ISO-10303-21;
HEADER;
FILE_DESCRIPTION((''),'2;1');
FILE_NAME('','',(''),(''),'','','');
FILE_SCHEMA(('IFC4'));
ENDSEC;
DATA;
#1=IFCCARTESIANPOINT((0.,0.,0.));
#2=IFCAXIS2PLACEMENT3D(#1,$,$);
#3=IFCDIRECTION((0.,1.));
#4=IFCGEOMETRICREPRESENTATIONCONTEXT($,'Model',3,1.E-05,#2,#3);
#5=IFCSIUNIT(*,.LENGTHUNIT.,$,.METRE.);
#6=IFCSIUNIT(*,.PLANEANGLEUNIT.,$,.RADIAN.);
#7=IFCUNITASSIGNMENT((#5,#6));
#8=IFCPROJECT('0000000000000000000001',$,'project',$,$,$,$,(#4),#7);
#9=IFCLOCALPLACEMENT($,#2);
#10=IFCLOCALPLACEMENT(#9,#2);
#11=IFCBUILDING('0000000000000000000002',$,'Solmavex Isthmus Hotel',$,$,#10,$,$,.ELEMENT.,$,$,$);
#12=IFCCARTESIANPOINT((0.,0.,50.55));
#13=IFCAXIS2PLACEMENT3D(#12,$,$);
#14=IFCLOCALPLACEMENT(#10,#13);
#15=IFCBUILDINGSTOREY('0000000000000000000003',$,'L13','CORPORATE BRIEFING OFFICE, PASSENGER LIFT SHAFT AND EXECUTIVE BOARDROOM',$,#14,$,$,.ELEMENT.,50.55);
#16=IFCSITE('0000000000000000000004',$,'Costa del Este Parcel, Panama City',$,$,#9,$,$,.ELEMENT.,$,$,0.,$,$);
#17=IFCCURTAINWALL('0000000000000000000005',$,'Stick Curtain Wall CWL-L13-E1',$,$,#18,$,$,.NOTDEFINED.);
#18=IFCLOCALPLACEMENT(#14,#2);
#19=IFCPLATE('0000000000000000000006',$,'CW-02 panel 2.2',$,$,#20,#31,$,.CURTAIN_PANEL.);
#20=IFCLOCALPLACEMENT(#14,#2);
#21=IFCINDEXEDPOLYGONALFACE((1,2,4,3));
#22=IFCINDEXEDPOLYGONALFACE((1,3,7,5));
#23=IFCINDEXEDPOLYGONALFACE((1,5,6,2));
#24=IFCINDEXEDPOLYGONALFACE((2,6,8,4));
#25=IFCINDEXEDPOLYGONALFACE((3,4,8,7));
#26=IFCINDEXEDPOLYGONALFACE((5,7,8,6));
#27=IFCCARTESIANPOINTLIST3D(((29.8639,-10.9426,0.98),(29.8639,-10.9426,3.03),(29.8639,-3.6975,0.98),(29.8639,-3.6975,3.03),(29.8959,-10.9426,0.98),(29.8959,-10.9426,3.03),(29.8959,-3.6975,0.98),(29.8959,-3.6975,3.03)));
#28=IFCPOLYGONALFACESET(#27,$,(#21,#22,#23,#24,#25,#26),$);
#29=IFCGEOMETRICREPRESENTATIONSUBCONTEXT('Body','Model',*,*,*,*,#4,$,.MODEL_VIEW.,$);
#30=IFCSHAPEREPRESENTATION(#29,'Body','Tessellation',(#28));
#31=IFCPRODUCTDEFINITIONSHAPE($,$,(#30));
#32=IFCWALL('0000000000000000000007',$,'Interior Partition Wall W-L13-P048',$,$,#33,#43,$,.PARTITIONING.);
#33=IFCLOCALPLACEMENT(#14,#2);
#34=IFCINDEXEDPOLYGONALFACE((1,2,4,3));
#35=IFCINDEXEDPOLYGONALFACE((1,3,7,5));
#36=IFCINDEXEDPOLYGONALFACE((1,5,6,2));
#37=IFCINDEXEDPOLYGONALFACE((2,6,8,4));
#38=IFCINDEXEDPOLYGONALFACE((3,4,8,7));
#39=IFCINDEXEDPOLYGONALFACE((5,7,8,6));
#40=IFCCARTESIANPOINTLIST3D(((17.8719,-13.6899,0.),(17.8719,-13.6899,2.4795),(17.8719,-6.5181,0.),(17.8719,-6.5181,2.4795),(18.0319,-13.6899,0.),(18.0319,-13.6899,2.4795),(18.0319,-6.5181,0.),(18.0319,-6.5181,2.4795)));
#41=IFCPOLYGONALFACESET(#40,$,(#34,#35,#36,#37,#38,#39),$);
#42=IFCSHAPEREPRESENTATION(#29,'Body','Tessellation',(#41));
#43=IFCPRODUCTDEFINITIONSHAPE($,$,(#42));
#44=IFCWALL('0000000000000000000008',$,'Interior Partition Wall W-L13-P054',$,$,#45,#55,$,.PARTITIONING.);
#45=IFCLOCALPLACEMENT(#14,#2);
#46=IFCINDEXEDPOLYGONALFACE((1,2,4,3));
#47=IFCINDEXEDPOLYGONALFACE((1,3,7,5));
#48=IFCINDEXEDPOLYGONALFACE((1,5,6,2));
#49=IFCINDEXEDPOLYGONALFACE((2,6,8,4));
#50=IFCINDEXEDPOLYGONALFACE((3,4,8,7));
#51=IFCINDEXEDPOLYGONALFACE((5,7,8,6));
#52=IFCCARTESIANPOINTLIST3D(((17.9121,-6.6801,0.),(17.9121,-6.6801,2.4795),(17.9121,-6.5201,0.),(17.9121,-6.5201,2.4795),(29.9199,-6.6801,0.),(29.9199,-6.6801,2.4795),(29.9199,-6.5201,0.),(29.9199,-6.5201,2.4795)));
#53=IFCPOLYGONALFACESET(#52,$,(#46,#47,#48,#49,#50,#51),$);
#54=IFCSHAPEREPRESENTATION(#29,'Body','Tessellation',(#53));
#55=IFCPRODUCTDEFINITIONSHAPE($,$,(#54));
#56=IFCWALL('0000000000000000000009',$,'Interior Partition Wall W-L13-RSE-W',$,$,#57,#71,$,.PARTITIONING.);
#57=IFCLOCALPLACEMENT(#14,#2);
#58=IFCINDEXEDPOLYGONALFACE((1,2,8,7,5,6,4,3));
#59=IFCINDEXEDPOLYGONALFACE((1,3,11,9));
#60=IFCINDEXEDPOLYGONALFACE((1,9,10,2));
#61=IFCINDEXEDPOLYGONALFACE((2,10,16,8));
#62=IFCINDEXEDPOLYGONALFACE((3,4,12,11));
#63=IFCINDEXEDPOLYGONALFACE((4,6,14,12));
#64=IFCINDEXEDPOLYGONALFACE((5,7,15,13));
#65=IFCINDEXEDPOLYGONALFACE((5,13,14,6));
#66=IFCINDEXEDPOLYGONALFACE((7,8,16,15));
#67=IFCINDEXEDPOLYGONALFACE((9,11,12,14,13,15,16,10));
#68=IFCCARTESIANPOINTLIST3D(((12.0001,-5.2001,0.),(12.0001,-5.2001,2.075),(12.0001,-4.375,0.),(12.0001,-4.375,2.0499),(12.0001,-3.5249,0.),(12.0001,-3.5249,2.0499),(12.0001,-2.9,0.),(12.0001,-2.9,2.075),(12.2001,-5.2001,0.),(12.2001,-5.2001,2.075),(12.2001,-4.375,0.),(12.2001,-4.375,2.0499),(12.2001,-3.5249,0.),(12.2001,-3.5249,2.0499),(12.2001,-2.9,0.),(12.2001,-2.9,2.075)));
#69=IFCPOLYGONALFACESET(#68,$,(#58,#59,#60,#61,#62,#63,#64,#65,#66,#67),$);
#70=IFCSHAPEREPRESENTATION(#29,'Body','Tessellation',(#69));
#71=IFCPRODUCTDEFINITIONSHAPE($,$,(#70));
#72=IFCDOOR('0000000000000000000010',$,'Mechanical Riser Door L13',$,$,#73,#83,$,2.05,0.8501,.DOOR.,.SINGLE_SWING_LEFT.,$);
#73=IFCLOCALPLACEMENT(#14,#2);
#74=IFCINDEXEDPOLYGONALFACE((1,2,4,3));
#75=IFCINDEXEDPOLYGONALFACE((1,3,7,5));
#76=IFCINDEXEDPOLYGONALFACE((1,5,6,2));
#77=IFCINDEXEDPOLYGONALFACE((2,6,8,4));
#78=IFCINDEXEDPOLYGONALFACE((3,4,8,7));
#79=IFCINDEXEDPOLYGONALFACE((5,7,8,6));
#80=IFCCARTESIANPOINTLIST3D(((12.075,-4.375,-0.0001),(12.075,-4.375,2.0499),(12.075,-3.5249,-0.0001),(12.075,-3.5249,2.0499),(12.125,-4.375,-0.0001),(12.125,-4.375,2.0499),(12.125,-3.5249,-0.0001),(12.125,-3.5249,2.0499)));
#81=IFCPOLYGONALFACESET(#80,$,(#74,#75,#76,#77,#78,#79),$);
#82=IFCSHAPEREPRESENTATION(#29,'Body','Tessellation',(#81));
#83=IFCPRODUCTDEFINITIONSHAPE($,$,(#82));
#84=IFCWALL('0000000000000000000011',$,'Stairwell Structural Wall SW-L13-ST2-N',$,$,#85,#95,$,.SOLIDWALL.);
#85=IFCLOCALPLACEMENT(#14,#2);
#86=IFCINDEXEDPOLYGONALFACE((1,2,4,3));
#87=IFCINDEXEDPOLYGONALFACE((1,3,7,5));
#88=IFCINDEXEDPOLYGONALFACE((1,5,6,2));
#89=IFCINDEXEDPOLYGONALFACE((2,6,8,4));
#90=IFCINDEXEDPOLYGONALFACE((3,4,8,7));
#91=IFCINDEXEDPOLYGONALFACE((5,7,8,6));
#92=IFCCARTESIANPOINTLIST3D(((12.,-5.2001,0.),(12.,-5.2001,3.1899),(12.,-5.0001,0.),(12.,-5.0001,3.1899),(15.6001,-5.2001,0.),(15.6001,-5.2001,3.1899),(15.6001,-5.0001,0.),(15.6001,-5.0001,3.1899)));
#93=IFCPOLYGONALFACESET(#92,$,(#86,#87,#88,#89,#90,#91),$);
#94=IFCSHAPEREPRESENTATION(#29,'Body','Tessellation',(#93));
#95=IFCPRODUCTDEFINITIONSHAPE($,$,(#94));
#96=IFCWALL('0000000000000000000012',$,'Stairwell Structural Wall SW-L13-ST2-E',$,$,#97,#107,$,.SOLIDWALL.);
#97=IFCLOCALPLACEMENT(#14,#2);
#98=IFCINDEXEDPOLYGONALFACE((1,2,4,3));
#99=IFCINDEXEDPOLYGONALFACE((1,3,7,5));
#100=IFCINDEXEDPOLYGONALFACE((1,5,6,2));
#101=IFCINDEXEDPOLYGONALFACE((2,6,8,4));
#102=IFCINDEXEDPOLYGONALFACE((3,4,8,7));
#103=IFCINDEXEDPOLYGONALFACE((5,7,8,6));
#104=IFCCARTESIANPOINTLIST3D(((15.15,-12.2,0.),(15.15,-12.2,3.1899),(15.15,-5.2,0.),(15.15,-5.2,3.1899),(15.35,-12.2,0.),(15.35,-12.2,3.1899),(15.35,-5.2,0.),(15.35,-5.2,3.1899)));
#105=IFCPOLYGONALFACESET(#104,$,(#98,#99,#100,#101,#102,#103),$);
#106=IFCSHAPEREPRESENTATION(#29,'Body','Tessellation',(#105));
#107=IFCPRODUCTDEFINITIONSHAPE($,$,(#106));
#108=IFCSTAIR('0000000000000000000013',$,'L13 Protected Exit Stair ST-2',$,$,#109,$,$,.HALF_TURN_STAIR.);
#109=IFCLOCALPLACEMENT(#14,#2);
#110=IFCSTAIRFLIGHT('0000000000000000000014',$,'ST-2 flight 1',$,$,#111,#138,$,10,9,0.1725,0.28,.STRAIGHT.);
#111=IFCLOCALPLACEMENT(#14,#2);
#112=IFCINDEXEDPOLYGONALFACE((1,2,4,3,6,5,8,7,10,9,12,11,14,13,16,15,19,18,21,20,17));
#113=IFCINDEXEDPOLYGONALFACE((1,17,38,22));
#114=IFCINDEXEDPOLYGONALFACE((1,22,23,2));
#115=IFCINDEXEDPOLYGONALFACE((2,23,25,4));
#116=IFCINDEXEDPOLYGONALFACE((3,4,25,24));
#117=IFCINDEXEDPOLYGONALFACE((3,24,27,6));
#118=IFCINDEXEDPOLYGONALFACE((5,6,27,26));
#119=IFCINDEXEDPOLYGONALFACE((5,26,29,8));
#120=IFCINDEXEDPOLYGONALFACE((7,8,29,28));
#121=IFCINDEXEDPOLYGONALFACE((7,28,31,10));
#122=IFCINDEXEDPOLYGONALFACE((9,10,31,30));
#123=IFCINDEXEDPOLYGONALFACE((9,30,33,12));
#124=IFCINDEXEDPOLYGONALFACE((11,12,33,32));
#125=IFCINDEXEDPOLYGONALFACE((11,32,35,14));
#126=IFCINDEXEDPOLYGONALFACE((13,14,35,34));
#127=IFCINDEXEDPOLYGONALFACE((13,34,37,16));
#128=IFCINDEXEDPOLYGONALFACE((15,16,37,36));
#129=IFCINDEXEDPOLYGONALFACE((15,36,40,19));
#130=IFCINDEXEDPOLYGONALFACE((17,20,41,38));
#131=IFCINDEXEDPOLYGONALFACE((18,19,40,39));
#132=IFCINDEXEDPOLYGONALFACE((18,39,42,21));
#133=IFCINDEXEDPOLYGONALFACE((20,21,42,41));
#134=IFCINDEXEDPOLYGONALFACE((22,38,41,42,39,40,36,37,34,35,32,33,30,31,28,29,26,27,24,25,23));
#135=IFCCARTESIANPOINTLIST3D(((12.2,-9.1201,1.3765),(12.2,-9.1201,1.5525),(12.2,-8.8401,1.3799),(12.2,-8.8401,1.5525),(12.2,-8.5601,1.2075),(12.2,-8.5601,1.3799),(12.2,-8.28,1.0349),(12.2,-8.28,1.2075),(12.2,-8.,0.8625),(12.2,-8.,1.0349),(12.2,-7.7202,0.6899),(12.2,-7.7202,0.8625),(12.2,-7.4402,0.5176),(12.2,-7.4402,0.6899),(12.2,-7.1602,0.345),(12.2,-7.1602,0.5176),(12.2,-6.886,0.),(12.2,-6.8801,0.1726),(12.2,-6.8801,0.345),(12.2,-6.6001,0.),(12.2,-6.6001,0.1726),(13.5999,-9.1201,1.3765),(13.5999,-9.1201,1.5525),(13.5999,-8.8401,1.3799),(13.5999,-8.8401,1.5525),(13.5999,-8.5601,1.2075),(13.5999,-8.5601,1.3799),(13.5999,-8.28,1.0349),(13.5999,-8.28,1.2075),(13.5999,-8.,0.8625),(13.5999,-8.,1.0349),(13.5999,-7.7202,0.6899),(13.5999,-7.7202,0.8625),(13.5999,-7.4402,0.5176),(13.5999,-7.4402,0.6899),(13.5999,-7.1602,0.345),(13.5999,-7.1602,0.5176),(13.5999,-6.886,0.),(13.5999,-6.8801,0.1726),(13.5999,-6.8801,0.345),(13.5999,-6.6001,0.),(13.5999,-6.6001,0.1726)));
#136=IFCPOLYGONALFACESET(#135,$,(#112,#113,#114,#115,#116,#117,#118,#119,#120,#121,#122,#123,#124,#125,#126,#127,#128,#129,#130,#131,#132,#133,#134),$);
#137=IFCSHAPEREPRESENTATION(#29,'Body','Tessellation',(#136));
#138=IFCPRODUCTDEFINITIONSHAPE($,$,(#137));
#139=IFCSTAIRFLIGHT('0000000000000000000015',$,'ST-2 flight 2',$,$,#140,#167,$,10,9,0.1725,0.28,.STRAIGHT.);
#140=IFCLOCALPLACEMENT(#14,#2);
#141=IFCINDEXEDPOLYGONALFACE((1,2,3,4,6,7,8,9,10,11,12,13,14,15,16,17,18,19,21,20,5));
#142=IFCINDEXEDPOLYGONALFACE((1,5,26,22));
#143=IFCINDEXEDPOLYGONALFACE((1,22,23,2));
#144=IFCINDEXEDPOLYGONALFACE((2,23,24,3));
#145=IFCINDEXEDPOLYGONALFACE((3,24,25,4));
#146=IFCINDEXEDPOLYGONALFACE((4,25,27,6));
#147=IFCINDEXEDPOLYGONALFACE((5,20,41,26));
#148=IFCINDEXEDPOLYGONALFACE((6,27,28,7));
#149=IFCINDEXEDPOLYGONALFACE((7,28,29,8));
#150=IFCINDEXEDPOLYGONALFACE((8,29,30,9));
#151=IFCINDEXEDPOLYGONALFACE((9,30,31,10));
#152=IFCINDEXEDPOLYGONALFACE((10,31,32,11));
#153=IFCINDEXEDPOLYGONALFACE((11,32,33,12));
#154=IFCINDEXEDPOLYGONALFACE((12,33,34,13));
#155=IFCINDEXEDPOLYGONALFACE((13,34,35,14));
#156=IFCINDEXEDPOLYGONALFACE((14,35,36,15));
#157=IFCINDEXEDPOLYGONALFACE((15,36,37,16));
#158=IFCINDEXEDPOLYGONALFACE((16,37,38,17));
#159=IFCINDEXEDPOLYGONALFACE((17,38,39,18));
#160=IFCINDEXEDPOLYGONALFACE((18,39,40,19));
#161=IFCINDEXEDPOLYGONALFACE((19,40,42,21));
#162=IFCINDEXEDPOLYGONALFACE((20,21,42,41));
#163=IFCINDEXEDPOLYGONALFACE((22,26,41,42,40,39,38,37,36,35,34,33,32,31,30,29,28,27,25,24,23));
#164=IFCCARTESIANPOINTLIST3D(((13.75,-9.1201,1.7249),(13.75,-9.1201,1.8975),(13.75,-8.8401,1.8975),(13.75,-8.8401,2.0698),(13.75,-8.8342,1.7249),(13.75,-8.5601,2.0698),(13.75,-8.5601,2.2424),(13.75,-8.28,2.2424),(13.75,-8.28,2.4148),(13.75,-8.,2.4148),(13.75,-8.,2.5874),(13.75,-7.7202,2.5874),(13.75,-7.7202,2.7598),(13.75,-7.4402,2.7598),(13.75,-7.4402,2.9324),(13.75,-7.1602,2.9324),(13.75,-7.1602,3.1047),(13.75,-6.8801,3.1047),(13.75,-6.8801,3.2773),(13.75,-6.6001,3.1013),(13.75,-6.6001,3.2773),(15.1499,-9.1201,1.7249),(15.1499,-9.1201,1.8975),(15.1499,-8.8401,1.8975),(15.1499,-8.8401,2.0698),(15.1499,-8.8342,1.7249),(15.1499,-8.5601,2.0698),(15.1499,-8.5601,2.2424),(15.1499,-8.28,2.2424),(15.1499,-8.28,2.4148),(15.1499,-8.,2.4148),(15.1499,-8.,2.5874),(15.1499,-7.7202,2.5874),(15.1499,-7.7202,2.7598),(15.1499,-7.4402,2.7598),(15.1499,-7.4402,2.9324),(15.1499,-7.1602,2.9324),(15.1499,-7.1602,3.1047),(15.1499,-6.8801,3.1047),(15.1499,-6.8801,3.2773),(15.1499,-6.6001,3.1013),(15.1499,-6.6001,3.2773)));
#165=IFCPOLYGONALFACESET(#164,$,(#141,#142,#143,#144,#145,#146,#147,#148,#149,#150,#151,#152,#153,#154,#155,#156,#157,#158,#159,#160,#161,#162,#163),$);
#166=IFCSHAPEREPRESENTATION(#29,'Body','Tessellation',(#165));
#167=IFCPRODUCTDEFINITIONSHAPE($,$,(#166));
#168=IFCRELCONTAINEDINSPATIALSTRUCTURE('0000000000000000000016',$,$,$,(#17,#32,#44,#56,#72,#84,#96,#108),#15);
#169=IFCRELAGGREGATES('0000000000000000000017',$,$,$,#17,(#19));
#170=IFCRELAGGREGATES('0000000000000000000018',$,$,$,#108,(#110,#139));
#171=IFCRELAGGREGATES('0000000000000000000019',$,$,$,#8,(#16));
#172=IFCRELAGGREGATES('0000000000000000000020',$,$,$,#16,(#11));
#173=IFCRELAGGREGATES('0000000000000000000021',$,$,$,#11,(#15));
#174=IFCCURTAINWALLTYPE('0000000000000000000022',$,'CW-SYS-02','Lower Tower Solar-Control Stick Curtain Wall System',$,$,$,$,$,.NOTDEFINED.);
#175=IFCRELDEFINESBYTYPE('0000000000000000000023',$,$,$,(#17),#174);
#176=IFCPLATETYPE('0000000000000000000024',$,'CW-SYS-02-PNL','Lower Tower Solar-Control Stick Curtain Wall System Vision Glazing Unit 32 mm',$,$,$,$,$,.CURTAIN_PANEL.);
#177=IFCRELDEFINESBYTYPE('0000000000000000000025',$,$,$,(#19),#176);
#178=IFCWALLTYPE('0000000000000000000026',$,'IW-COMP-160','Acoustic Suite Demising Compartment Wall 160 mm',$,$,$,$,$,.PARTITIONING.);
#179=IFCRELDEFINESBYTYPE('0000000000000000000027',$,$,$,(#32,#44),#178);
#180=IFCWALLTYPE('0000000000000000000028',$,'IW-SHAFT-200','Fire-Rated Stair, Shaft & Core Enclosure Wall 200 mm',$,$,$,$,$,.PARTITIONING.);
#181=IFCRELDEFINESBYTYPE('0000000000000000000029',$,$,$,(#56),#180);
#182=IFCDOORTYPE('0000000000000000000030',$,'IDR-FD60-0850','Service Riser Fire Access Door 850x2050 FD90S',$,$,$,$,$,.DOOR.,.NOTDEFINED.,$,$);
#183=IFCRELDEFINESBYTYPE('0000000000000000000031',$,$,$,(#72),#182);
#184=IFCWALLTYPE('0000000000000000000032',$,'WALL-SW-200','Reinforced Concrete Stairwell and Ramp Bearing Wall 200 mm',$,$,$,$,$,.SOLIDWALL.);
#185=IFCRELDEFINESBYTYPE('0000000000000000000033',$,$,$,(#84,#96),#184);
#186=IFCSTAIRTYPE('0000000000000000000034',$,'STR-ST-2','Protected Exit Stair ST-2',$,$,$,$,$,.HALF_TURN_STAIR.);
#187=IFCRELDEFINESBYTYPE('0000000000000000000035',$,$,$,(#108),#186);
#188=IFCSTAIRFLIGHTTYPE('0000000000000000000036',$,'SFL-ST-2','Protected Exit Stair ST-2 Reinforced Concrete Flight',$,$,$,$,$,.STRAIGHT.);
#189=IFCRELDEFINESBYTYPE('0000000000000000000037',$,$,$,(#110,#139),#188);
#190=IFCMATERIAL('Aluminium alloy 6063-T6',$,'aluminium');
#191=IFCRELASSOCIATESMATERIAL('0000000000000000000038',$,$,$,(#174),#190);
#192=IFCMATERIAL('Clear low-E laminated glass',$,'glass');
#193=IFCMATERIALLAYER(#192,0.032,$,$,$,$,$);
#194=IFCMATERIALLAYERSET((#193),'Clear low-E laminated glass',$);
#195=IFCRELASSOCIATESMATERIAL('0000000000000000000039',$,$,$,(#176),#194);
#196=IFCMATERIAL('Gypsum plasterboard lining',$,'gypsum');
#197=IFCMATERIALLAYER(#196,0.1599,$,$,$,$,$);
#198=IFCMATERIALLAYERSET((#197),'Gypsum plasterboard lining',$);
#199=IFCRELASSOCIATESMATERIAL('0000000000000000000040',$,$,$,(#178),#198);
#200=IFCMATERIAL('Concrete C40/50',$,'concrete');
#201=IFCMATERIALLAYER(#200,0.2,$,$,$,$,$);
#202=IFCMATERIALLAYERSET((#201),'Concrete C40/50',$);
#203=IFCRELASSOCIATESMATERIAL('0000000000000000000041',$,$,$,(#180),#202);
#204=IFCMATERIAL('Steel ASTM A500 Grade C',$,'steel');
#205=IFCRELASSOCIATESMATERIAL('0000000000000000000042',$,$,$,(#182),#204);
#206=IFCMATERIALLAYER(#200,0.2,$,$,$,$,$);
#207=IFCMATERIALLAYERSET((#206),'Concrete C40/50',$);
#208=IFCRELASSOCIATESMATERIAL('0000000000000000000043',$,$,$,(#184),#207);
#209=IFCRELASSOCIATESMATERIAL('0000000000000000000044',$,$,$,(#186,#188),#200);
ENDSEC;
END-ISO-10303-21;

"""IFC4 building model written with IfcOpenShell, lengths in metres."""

from ifc_helpers import new_model, si_unit, direction, frame, frame_2d, origin, origin_2d, place, context, subcontext, project, spatial, polyline, rectangle, outline, extrude, material, layer, layer_set, type_object, element, fill, aggregate, save


model = new_model("IFC4")

# Units and contexts
model_context = context("Model", 3, precision=1e-05, world=origin(), true_north=direction((0.0, 1.0)))
body_context = subcontext(model_context, "Body", "Model", "MODEL_VIEW")
ifc_project = project(units=[si_unit("LENGTHUNIT", "METRE"), si_unit("PLANEANGLEUNIT", "RADIAN")], contexts=[model_context])

# Site, building, storey
site_placement = place(None, origin())
site = spatial("IfcSite", under=ifc_project, at=site_placement, Name="Costa del Este Parcel, Panama City", CompositionType="ELEMENT", RefElevation=0.0)
building_placement = place(site_placement, origin())
building = spatial("IfcBuilding", under=site, at=building_placement, Name="Solmavex Isthmus Hotel", CompositionType="ELEMENT")
storey_placement = place(building_placement, frame((0.0, 0.0, 50.55)))
storey = spatial("IfcBuildingStorey", under=building, at=storey_placement, Name="L13", Description="CORPORATE BRIEFING OFFICE, PASSENGER LIFT SHAFT AND EXECUTIVE BOARDROOM", CompositionType="ELEMENT", Elevation=50.55)

# Curtain wall, plate
ifc_material_1 = material(Name="Aluminium alloy 6063-T6", Category="aluminium")
curtain_wall_type = type_object("IfcCurtainWallType", Name="CW-SYS-02", Description="Lower Tower Solar-Control Stick Curtain Wall System", PredefinedType="NOTDEFINED", material=ifc_material_1)
curtain_wall_placement = place(storey_placement, origin())
curtain_wall = element("IfcCurtainWall", 1, at=curtain_wall_placement, inside=storey, type_object=curtain_wall_type, Name="Stick Curtain Wall CWL-L13-E1", PredefinedType="NOTDEFINED")
ifc_material_2 = material(Name="Clear low-E laminated glass", Category="glass")
ifc_layer_1 = layer(ifc_material_2, 0.032)
ifc_layer_set_1 = layer_set([ifc_layer_1], Name="Clear low-E laminated glass")
plate_type = type_object("IfcPlateType", Name="CW-SYS-02-PNL", Description="Lower Tower Solar-Control Stick Curtain Wall System Vision Glazing Unit 32 mm", PredefinedType="CURTAIN_PANEL", material=ifc_layer_set_1)
plate_1_placement = place(storey_placement, frame((29.8799, -7.3201, 0.98), z_axis=(0.0, 0.0, 1.0), x_axis=(0.0, 1.0, 0.0)))
plate_1 = element("IfcPlate", 2, at=plate_1_placement, type_object=plate_type, Name="CW-02 panel 2.2", PredefinedType="CURTAIN_PANEL", context=body_context, shape_type="SweptSolid", body=[
    extrude(rectangle(XDim=7.2451, YDim=0.032, at=origin_2d()), origin(), (0.0, 0.0, 1.0), 2.05),
])
aggregate(curtain_wall, [plate_1])

# Walls
ifc_material_3 = material(Name="Gypsum plasterboard lining", Category="gypsum")
ifc_layer_2 = layer(ifc_material_3, 0.1599)
ifc_layer_set_2 = layer_set([ifc_layer_2], Name="Gypsum plasterboard lining")
wall_type_1 = type_object("IfcWallType", Name="IW-COMP-160", Description="Acoustic Suite Demising Compartment Wall 160 mm", PredefinedType="PARTITIONING", material=ifc_layer_set_2)
wall_1_placement = place(storey_placement, frame((17.9519, -6.5181, 0.0), z_axis=(0.0, 0.0, 1.0), x_axis=(0.0, -1.0, 0.0)))
element("IfcWall", 3, at=wall_1_placement, inside=storey, type_object=wall_type_1, Name="Interior Partition Wall W-L13-P048", PredefinedType="PARTITIONING", context=body_context, shape_type="SweptSolid", body=[
    extrude(rectangle(XDim=7.1719, YDim=0.1599, at=frame_2d((3.5859, 0.0))), origin(), (0.0, 0.0, 1.0), 2.4795),
])
wall_2_placement = place(storey_placement, frame((17.9121, -6.6001, 0.0), z_axis=(0.0, 0.0, 1.0), x_axis=(1.0, 0.0, 0.0)))
element("IfcWall", 4, at=wall_2_placement, inside=storey, type_object=wall_type_1, Name="Interior Partition Wall W-L13-P054", PredefinedType="PARTITIONING", context=body_context, shape_type="SweptSolid", body=[
    extrude(rectangle(XDim=12.0078, YDim=0.1599, at=frame_2d((6.0039, 0.0))), origin(), (0.0, 0.0, 1.0), 2.4795),
])

# Wall, opening, door
ifc_material_4 = material(Name="Concrete C40/50", Category="concrete")
ifc_layer_3 = layer(ifc_material_4, 0.2)
ifc_layer_set_3 = layer_set([ifc_layer_3], Name="Concrete C40/50")
wall_type_2 = type_object("IfcWallType", Name="IW-SHAFT-200", Description="Fire-Rated Stair, Shaft & Core Enclosure Wall 200 mm", PredefinedType="PARTITIONING", material=ifc_layer_set_3)
wall_3_placement = place(storey_placement, frame((12.1001, -5.2, 0.0), z_axis=(0.0, 0.0, 1.0), x_axis=(0.0, 1.0, 0.0)))
wall_3 = element("IfcWall", 5, at=wall_3_placement, inside=storey, type_object=wall_type_2, Name="Interior Partition Wall W-L13-RSE-W", PredefinedType="PARTITIONING", context=body_context, shape_type="SweptSolid", body=[
    extrude(rectangle(XDim=2.3, YDim=0.2, at=frame_2d((1.1499, 0.0))), origin(), (0.0, 0.0, 1.0), 2.075),
])
opening_placement = place(wall_3_placement, frame((0.825, 0.0, 0.0)))
opening = element("IfcOpeningElement", 6, at=opening_placement, cuts=wall_3, PredefinedType="OPENING", context=body_context, shape_type="SweptSolid", body=[
    extrude(rectangle(XDim=0.8501, YDim=2.05, at=frame_2d((0.425, 1.0249))), frame((0.0, 0.1099, 0.0), z_axis=(0.0, -1.0, 0.0), x_axis=(1.0, 0.0, 0.0)), (0.0, 0.0, 1.0), 0.22),
])
ifc_material_5 = material(Name="Steel ASTM A500 Grade C", Category="steel")
door_type = type_object("IfcDoorType", Name="IDR-FD60-0850", Description="Service Riser Fire Access Door 850x2050 FD90S", OperationType="NOTDEFINED", PredefinedType="DOOR", material=ifc_material_5)
door_placement = place(opening_placement, frame((0.8501, 0.0, 0.0), z_axis=(0.0, 0.0, 1.0), x_axis=(-1.0, 0.0, 0.0)))
door = element("IfcDoor", 7, at=door_placement, inside=storey, type_object=door_type, Name="Mechanical Riser Door L13", OperationType="SINGLE_SWING_LEFT", OverallHeight=2.05, OverallWidth=0.8501, PredefinedType="DOOR", context=body_context, shape_type="SweptSolid", body=[
    extrude(rectangle(XDim=0.8501, YDim=2.05, at=frame_2d((0.425, 1.0249))), frame((0.0, 0.0249, 0.0), z_axis=(0.0, -1.0, 0.0), x_axis=(1.0, 0.0, 0.0)), (0.0, 0.0, 1.0), 0.05),
])
fill(opening, door)

# Walls
ifc_layer_4 = layer(ifc_material_4, 0.2)
ifc_layer_set_4 = layer_set([ifc_layer_4], Name="Concrete C40/50")
wall_type_3 = type_object("IfcWallType", Name="WALL-SW-200", Description="Reinforced Concrete Stairwell and Ramp Bearing Wall 200 mm", PredefinedType="SOLIDWALL", material=ifc_layer_set_4)
wall_4_placement = place(storey_placement, frame((12.0, -5.1001, 0.0), z_axis=(0.0, 0.0, 1.0), x_axis=(1.0, 0.0, 0.0)))
element("IfcWall", 8, at=wall_4_placement, inside=storey, type_object=wall_type_3, Name="Stairwell Structural Wall SW-L13-ST2-N", PredefinedType="SOLIDWALL", context=body_context, shape_type="SweptSolid", body=[
    extrude(rectangle(XDim=3.6001, YDim=0.2, at=frame_2d((1.8, 0.0))), origin(), (0.0, 0.0, 1.0), 3.1899),
])
wall_5_placement = place(storey_placement, frame((15.25, -12.2, 0.0), z_axis=(0.0, 0.0, 1.0), x_axis=(0.0, 1.0, 0.0)))
element("IfcWall", 9, at=wall_5_placement, inside=storey, type_object=wall_type_3, Name="Stairwell Structural Wall SW-L13-ST2-E", PredefinedType="SOLIDWALL", context=body_context, shape_type="SweptSolid", body=[
    extrude(rectangle(XDim=7.0, YDim=0.2, at=frame_2d((3.5, 0.0))), origin(), (0.0, 0.0, 1.0), 3.1899),
])

# Stair, stair flights
stair_type = type_object("IfcStairType", Name="STR-ST-2", Description="Protected Exit Stair ST-2", PredefinedType="HALF_TURN_STAIR", material=ifc_material_4)
stair_placement = place(storey_placement, origin())
stair = element("IfcStair", 10, at=stair_placement, inside=storey, type_object=stair_type, Name="L13 Protected Exit Stair ST-2", PredefinedType="HALF_TURN_STAIR")
stair_flight_type = type_object("IfcStairFlightType", Name="SFL-ST-2", Description="Protected Exit Stair ST-2 Reinforced Concrete Flight", PredefinedType="STRAIGHT", material=ifc_material_4)
stair_flight_1_placement = place(storey_placement, frame((12.8999, -6.6001, 0.0), z_axis=(0.0, 0.0, 1.0), x_axis=(0.0, -1.0, 0.0)))
stair_flight_1 = element("IfcStairFlight", 11, at=stair_flight_1_placement, type_object=stair_flight_type, Name="ST-2 flight 1", NumberOfRisers=10, NumberOfTreads=9, PredefinedType="STRAIGHT", RiserHeight=0.1725, TreadLength=0.28, context=body_context, shape_type="SweptSolid", body=[
    extrude(outline(polyline([(0.0, 0.0), (0.0, 0.1726), (0.28, 0.1726), (0.28, 0.345), (0.5601, 0.345), (0.5601, 0.5176), (0.8401, 0.5176), (0.8401, 0.6899), (1.1201, 0.6899), (1.1201, 0.8625), (1.3999, 0.8625), (1.3999, 1.0349), (1.6799, 1.0349), (1.6799, 1.2075), (1.96, 1.2075), (1.96, 1.3799), (2.24, 1.3799), (2.24, 1.5525), (2.52, 1.5525), (2.52, 1.7251), (2.52, 1.3765), (0.2859, 0.0), (0.0, 0.0)])), frame((0.0, 0.7, 0.0), z_axis=(0.0, -1.0, 0.0), x_axis=(1.0, 0.0, 0.0)), (0.0, 0.0, 1.0), 1.3999),
])
stair_flight_2_placement = place(storey_placement, frame((14.45, -9.1201, 1.7249), z_axis=(0.0, 0.0, 1.0), x_axis=(0.0, 1.0, 0.0)))
stair_flight_2 = element("IfcStairFlight", 12, at=stair_flight_2_placement, type_object=stair_flight_type, Name="ST-2 flight 2", NumberOfRisers=10, NumberOfTreads=9, PredefinedType="STRAIGHT", RiserHeight=0.1725, TreadLength=0.28, context=body_context, shape_type="SweptSolid", body=[
    extrude(outline(polyline([(0.0, 0.0), (0.0, 0.1726), (0.28, 0.1726), (0.28, 0.345), (0.5601, 0.345), (0.5601, 0.5176), (0.8401, 0.5176), (0.8401, 0.6899), (1.1201, 0.6899), (1.1201, 0.8625), (1.3999, 0.8625), (1.3999, 1.0349), (1.6799, 1.0349), (1.6799, 1.2075), (1.96, 1.2075), (1.96, 1.3799), (2.24, 1.3799), (2.24, 1.5525), (2.52, 1.5525), (2.52, 1.7251), (2.52, 1.3765), (0.2859, 0.0), (0.0, 0.0)])), frame((0.0, 0.7, 0.0), z_axis=(0.0, -1.0, 0.0), x_axis=(1.0, 0.0, 0.0)), (0.0, 0.0, 1.0), 1.3999),
])
aggregate(stair, [stair_flight_1, stair_flight_2])

save(model, "model.ifc")
